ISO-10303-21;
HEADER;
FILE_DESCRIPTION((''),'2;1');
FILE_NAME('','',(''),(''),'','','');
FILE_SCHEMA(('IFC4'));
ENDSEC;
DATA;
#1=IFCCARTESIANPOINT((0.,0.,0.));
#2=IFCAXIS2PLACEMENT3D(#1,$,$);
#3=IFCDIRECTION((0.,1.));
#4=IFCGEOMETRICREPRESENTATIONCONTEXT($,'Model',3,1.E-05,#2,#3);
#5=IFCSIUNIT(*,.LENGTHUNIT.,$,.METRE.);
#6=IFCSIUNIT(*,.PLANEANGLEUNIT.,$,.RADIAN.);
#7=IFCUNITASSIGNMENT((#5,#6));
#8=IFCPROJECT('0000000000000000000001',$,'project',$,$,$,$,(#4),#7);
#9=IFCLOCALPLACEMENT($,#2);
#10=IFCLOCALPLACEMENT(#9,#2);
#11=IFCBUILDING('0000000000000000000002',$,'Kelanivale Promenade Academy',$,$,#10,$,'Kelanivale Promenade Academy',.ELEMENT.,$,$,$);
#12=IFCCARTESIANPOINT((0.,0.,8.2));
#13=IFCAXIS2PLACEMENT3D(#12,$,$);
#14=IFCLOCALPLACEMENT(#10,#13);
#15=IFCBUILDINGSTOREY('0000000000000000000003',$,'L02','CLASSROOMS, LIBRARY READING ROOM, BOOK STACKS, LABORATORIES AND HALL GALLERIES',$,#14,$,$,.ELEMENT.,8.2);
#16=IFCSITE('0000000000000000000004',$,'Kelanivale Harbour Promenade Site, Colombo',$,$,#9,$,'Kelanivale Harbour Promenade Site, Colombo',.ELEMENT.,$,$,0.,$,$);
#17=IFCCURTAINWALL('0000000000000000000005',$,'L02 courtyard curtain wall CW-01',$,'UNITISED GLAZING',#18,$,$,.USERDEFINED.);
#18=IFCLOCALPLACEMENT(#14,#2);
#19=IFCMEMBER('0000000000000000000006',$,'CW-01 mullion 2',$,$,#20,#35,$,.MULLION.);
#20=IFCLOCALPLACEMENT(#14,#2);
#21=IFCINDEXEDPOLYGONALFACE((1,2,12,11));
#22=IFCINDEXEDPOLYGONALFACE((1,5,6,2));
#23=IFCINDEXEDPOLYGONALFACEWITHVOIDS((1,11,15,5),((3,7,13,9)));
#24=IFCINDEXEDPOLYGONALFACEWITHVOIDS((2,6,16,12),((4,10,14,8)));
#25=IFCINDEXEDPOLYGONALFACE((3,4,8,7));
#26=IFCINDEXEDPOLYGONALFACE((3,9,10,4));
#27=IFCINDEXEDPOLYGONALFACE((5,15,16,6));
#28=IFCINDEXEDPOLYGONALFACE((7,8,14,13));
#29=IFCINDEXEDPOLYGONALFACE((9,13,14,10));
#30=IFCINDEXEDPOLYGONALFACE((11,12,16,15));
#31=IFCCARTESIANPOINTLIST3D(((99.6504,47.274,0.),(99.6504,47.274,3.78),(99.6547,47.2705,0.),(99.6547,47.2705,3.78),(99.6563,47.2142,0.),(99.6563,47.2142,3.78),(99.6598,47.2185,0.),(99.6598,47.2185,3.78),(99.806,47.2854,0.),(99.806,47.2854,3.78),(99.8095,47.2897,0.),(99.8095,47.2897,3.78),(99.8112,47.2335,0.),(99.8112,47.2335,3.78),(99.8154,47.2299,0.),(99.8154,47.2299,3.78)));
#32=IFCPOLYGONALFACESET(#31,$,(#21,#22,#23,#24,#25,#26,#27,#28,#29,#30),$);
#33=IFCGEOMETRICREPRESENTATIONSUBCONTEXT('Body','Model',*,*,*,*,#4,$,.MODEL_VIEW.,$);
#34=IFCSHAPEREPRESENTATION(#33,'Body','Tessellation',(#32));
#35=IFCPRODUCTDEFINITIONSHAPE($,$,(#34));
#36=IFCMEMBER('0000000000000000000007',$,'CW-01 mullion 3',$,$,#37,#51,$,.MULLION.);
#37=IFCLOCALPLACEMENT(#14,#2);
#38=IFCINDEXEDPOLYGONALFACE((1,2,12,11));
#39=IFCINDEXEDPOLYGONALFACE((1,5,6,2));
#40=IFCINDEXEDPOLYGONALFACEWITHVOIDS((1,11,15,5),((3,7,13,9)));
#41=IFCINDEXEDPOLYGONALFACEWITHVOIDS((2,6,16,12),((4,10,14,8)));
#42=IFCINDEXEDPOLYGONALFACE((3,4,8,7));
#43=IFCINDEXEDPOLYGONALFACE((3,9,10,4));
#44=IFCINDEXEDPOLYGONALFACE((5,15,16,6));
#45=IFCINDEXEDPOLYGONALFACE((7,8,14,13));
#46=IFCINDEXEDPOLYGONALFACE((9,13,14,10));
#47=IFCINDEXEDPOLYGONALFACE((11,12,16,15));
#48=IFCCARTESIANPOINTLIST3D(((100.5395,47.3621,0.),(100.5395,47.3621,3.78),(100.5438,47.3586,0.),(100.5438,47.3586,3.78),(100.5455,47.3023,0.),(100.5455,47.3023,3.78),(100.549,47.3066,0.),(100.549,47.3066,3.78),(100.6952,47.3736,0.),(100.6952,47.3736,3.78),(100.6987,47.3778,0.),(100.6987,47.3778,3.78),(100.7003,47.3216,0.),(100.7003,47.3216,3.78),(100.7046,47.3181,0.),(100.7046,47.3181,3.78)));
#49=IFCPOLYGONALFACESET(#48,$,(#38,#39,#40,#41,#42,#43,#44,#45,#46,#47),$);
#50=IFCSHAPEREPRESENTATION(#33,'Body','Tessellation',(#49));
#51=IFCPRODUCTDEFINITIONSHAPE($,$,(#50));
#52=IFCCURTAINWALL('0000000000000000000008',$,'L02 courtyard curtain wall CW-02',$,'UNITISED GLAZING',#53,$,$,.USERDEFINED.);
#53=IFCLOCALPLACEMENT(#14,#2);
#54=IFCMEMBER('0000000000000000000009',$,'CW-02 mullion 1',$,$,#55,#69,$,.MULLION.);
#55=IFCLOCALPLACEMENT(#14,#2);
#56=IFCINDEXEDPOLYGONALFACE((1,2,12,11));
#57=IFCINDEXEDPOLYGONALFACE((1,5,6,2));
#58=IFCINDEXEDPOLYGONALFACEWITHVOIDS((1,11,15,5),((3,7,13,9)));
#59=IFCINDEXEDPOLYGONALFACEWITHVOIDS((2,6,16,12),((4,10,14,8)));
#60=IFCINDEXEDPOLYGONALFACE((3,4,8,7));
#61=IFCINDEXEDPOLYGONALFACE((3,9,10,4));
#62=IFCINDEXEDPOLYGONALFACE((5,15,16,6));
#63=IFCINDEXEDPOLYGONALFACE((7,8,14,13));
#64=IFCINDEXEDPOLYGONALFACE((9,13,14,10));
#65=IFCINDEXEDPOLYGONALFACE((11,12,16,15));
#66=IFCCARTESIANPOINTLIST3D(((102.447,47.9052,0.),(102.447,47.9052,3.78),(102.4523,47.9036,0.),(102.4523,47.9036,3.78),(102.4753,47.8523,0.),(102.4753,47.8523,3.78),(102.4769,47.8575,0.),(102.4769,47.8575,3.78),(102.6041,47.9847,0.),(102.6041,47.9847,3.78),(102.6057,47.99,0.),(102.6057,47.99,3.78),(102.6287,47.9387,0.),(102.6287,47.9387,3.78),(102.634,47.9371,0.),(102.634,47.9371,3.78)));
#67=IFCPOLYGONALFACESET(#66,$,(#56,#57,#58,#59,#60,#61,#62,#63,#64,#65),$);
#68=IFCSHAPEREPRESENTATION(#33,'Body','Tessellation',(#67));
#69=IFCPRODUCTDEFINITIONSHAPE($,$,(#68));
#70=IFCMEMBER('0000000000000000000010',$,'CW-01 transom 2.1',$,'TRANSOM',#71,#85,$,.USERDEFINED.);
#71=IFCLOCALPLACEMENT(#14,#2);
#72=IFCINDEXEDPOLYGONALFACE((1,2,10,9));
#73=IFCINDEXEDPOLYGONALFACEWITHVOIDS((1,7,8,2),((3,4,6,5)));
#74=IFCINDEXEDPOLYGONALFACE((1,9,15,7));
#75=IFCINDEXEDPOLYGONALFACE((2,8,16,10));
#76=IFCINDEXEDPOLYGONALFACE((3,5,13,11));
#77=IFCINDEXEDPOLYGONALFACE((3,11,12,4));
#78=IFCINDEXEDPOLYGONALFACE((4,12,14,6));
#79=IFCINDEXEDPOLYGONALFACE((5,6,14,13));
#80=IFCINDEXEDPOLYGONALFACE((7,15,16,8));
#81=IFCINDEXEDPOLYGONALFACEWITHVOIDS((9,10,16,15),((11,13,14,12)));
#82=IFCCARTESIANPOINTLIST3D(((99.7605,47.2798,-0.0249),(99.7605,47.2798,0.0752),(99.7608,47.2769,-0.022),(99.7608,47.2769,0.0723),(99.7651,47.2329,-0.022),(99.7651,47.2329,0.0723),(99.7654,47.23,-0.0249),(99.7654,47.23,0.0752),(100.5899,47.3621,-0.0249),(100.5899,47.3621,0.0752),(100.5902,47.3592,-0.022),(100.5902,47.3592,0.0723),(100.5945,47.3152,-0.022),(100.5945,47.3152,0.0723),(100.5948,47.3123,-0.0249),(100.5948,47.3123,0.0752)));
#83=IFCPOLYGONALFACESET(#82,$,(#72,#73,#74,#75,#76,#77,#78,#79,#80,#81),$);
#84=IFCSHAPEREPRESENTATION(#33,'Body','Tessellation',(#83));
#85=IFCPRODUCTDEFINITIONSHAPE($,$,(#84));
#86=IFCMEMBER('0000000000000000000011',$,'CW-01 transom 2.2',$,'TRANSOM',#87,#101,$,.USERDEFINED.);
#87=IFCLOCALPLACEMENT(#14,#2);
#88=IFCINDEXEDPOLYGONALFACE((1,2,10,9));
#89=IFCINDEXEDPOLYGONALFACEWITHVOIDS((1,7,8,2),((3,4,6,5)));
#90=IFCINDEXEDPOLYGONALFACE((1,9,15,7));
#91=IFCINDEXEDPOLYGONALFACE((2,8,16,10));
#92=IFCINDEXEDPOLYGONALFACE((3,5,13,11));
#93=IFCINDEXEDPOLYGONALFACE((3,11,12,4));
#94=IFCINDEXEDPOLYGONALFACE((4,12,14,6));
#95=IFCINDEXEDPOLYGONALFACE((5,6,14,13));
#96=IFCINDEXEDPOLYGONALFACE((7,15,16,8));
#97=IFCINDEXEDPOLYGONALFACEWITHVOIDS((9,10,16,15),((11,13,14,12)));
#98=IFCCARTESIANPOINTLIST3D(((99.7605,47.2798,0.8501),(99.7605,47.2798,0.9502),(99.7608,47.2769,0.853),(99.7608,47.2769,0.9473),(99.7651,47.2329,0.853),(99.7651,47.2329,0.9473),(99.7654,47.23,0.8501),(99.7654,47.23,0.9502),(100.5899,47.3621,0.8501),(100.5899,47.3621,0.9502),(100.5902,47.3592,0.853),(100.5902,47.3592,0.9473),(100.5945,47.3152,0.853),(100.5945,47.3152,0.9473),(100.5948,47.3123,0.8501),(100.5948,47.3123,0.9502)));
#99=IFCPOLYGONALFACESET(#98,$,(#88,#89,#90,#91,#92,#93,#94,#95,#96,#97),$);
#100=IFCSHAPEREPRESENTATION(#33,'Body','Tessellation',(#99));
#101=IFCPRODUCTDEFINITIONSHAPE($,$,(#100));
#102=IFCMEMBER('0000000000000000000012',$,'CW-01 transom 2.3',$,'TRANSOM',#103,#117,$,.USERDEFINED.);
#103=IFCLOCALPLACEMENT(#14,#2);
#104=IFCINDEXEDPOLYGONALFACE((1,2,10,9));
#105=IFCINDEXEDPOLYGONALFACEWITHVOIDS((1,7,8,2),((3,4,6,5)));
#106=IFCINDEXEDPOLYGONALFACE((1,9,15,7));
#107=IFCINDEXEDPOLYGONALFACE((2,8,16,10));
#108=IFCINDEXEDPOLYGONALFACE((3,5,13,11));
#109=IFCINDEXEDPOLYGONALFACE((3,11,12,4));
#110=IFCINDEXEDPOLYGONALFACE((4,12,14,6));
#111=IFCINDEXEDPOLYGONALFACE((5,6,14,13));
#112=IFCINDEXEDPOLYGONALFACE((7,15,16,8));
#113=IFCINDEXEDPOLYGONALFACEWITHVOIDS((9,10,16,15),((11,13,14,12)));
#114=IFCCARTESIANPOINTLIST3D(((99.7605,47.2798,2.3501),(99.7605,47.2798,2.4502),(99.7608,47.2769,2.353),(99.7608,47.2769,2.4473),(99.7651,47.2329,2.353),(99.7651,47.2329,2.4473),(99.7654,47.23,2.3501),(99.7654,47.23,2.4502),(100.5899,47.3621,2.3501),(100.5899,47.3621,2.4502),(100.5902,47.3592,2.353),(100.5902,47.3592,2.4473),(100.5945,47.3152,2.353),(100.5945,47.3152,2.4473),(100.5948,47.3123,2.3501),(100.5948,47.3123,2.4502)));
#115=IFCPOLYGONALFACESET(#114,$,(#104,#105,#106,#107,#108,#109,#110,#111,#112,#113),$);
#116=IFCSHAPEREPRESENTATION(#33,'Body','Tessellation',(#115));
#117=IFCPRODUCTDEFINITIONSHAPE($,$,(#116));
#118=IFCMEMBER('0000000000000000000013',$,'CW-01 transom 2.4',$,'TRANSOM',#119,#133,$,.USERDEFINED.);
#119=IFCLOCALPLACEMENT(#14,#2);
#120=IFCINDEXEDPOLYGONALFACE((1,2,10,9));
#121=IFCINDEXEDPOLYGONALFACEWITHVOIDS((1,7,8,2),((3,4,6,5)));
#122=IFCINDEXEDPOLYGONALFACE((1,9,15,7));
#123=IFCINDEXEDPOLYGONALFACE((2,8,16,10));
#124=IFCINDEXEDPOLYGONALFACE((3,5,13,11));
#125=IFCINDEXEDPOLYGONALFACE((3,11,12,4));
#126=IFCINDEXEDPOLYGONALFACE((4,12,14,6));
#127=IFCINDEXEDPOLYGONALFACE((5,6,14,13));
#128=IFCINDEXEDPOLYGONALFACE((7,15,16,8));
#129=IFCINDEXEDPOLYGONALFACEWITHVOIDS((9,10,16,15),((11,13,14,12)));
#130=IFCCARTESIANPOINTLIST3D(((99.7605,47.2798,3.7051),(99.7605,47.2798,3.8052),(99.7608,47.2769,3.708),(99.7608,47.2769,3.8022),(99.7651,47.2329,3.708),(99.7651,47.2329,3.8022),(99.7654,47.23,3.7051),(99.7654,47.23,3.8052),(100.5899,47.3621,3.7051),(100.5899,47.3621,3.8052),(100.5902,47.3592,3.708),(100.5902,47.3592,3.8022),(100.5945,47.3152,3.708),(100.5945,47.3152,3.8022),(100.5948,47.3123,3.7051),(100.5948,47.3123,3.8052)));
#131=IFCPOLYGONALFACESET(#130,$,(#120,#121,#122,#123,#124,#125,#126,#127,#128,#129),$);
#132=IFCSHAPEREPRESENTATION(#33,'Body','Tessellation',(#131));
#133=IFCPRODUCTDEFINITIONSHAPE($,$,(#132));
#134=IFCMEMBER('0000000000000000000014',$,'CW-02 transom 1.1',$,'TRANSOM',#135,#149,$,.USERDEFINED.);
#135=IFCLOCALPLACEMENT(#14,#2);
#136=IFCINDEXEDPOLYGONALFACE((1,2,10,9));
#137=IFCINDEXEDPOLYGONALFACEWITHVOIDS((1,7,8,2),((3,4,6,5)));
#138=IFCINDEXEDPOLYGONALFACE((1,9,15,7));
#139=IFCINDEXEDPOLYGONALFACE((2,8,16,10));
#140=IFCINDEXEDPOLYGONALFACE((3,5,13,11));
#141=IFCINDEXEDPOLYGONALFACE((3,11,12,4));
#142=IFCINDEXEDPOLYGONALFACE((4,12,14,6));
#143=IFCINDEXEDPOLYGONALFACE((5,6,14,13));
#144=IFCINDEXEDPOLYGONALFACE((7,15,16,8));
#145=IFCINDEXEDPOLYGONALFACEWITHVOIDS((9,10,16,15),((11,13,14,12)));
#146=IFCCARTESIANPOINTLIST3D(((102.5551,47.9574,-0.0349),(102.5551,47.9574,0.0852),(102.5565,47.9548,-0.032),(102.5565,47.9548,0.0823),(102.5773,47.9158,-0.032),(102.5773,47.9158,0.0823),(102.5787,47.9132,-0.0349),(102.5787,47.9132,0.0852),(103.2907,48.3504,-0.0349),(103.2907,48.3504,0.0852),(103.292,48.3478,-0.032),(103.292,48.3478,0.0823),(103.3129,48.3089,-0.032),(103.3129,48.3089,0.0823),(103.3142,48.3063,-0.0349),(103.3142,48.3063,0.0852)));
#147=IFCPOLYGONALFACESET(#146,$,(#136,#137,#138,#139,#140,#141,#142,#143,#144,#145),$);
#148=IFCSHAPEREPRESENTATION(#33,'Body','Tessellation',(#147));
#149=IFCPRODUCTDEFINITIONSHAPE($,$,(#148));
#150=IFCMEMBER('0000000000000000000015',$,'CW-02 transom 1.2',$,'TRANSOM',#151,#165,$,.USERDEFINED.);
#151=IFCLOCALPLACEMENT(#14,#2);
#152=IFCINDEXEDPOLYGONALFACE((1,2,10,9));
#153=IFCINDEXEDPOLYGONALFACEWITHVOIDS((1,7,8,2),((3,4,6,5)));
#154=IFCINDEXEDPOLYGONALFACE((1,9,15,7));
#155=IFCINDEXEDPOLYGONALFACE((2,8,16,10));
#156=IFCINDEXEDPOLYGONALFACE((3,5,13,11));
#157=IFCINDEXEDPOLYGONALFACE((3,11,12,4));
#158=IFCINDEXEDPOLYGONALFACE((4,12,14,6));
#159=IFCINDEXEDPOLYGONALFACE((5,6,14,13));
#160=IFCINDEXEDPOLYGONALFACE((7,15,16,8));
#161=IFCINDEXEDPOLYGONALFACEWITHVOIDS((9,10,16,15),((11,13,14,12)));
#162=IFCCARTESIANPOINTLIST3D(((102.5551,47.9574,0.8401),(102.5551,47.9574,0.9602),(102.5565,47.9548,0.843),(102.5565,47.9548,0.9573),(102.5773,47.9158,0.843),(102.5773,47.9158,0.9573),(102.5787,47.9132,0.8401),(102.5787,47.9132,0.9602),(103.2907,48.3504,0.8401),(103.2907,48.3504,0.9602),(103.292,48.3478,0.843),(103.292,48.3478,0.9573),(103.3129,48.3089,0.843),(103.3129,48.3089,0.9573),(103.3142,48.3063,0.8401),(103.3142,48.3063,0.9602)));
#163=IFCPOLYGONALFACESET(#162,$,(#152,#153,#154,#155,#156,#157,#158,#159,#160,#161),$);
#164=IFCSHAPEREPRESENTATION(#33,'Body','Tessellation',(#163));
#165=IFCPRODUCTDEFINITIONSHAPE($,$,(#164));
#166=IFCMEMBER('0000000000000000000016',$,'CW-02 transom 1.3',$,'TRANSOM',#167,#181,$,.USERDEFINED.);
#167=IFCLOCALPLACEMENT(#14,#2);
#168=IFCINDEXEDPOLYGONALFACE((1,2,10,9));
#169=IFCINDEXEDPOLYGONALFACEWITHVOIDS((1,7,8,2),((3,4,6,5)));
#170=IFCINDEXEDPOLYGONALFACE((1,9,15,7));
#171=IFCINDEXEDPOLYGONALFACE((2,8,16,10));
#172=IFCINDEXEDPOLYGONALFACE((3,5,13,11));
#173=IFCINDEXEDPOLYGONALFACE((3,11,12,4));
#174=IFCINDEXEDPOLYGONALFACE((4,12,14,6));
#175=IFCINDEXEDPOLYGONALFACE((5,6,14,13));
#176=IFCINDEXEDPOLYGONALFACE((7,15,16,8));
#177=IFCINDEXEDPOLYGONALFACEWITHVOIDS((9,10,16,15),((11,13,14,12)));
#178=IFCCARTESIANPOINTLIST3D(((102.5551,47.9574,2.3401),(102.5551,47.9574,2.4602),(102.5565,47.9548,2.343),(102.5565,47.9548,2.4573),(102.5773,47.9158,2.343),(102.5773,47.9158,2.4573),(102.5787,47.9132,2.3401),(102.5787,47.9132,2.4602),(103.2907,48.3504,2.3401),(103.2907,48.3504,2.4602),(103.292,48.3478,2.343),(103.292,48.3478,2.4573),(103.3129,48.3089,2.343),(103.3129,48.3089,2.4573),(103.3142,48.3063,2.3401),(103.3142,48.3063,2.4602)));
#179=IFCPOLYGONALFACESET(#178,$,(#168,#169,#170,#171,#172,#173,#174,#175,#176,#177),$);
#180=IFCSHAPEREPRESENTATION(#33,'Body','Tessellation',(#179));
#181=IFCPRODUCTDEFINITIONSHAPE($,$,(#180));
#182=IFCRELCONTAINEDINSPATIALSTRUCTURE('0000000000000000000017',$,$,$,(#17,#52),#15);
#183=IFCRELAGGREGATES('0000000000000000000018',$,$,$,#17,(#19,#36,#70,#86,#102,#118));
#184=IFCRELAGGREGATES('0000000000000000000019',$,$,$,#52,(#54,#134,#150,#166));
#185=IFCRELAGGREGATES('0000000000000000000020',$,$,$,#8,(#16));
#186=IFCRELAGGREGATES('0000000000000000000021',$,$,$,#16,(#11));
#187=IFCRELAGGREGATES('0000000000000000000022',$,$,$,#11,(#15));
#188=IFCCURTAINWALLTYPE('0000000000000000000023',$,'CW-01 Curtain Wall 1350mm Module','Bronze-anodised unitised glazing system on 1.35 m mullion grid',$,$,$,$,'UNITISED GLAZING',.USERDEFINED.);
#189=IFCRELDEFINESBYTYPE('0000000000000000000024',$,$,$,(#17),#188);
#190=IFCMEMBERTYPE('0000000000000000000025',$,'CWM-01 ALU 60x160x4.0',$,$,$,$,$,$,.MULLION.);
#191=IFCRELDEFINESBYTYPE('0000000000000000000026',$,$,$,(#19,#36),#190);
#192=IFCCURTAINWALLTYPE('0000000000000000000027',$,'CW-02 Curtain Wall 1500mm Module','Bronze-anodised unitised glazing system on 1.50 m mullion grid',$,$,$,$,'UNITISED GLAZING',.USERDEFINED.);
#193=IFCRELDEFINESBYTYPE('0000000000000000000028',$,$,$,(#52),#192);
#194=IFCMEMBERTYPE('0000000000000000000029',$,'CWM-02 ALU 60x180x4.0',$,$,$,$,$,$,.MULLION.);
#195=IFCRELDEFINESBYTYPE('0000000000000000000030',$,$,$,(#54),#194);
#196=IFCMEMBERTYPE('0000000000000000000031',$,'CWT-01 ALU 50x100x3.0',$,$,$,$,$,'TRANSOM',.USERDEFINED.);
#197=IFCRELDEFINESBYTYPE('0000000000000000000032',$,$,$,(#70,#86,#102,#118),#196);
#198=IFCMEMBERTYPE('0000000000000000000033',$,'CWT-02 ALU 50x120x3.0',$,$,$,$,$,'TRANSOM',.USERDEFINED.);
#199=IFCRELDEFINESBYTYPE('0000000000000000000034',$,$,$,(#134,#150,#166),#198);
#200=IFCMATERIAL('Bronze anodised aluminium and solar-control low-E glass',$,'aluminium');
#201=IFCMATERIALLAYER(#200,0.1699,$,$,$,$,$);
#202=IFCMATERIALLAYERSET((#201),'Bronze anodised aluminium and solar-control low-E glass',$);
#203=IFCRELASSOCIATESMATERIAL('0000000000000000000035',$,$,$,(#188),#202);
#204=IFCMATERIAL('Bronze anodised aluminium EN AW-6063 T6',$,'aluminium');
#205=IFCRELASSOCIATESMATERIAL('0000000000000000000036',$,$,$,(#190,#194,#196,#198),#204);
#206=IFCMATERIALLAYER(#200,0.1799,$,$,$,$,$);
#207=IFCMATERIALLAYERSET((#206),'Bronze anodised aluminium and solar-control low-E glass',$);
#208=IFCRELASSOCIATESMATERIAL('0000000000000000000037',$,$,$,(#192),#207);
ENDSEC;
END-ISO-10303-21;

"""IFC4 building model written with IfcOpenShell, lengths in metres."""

from ifc_helpers import new_model, si_unit, direction, frame, origin, origin_2d, place, context, subcontext, project, spatial, hollow_rectangle, extrude, material, layer, layer_set, material_profile, profile_set, type_object, element, aggregate, save


model = new_model("IFC4")

# Units and contexts
model_context = context("Model", 3, precision=1e-05, world=origin(), true_north=direction((0.0, 1.0)))
body_context = subcontext(model_context, "Body", "Model", "MODEL_VIEW")
ifc_project = project(units=[si_unit("LENGTHUNIT", "METRE"), si_unit("PLANEANGLEUNIT", "RADIAN")], contexts=[model_context])

# Site, building, storey
site_placement = place(None, origin())
site = spatial("IfcSite", under=ifc_project, at=site_placement, Name="Kelanivale Harbour Promenade Site, Colombo", LongName="Kelanivale Harbour Promenade Site, Colombo", CompositionType="ELEMENT", RefElevation=0.0)
building_placement = place(site_placement, origin())
building = spatial("IfcBuilding", under=site, at=building_placement, Name="Kelanivale Promenade Academy", LongName="Kelanivale Promenade Academy", CompositionType="ELEMENT")
storey_placement = place(building_placement, frame((0.0, 0.0, 8.2)))
storey = spatial("IfcBuildingStorey", under=building, at=storey_placement, Name="L02", Description="CLASSROOMS, LIBRARY READING ROOM, BOOK STACKS, LABORATORIES AND HALL GALLERIES", CompositionType="ELEMENT", Elevation=8.2)

# Curtain wall, members
ifc_material_1 = material(Name="Bronze anodised aluminium and solar-control low-E glass", Category="aluminium")
ifc_layer_1 = layer(ifc_material_1, 0.1699)
ifc_layer_set_1 = layer_set([ifc_layer_1], Name="Bronze anodised aluminium and solar-control low-E glass")
curtain_wall_type_1 = type_object("IfcCurtainWallType", Name="CW-01 Curtain Wall 1350mm Module", Description="Bronze-anodised unitised glazing system on 1.35 m mullion grid", ElementType="UNITISED GLAZING", PredefinedType="USERDEFINED", material=ifc_layer_set_1)
curtain_wall_1_placement = place(storey_placement, origin())
curtain_wall_1 = element("IfcCurtainWall", 1, at=curtain_wall_1_placement, inside=storey, type_object=curtain_wall_type_1, Name="L02 courtyard curtain wall CW-01", ObjectType="UNITISED GLAZING", PredefinedType="USERDEFINED")
ifc_material_2 = material(Name="Bronze anodised aluminium EN AW-6063 T6", Category="aluminium")
ifc_material_profile_1 = material_profile(ifc_material_2, hollow_rectangle(XDim=0.0601, YDim=0.1599, WallThickness=0.0039, at=origin_2d()), Name="ALU 60x160x4.0")
ifc_profile_set_1 = profile_set([ifc_material_profile_1], Name="Bronze anodised aluminium EN AW-6063 T6")
member_type_1 = type_object("IfcMemberType", Name="CWM-01 ALU 60x160x4.0", PredefinedType="MULLION", material=ifc_profile_set_1)
member_1_placement = place(storey_placement, frame((99.7329, 47.252, 0.0), z_axis=(0.0, 0.0, 1.0), x_axis=(-0.098539, 0.995133, 0.0)))
member_1 = element("IfcMember", 2, at=member_1_placement, type_object=member_type_1, Name="CW-01 mullion 2", PredefinedType="MULLION", context=body_context, shape_type="SweptSolid", body=[
    extrude(hollow_rectangle(XDim=0.0601, YDim=0.1599, WallThickness=0.0039, at=origin_2d()), origin(), (0.0, 0.0, 1.0), 3.78),
])
member_2_placement = place(storey_placement, frame((100.6221, 47.3401, 0.0), z_axis=(0.0, 0.0, 1.0), x_axis=(-0.098539, 0.995133, 0.0)))
member_2 = element("IfcMember", 3, at=member_2_placement, type_object=member_type_1, Name="CW-01 mullion 3", PredefinedType="MULLION", context=body_context, shape_type="SweptSolid", body=[
    extrude(hollow_rectangle(XDim=0.0601, YDim=0.1599, WallThickness=0.0039, at=origin_2d()), origin(), (0.0, 0.0, 1.0), 3.78),
])

# Curtain wall, member
ifc_layer_2 = layer(ifc_material_1, 0.1799)
ifc_layer_set_2 = layer_set([ifc_layer_2], Name="Bronze anodised aluminium and solar-control low-E glass")
curtain_wall_type_2 = type_object("IfcCurtainWallType", Name="CW-02 Curtain Wall 1500mm Module", Description="Bronze-anodised unitised glazing system on 1.50 m mullion grid", ElementType="UNITISED GLAZING", PredefinedType="USERDEFINED", material=ifc_layer_set_2)
curtain_wall_2_placement = place(storey_placement, origin())
curtain_wall_2 = element("IfcCurtainWall", 4, at=curtain_wall_2_placement, inside=storey, type_object=curtain_wall_type_2, Name="L02 courtyard curtain wall CW-02", ObjectType="UNITISED GLAZING", PredefinedType="USERDEFINED")
ifc_material_profile_2 = material_profile(ifc_material_2, hollow_rectangle(XDim=0.0601, YDim=0.1799, WallThickness=0.0039, at=origin_2d()), Name="ALU 60x180x4.0")
ifc_profile_set_2 = profile_set([ifc_material_profile_2], Name="Bronze anodised aluminium EN AW-6063 T6")
member_type_2 = type_object("IfcMemberType", Name="CWM-02 ALU 60x180x4.0", PredefinedType="MULLION", material=ifc_profile_set_2)
member_3_placement = place(storey_placement, frame((102.5405, 47.9211, 0.0), z_axis=(0.0, 0.0, 1.0), x_axis=(-0.47129, 0.881978, 0.0)))
member_3 = element("IfcMember", 5, at=member_3_placement, type_object=member_type_2, Name="CW-02 mullion 1", PredefinedType="MULLION", context=body_context, shape_type="SweptSolid", body=[
    extrude(hollow_rectangle(XDim=0.0601, YDim=0.1799, WallThickness=0.0039, at=origin_2d()), origin(), (0.0, 0.0, 1.0), 3.78),
])

# Members
ifc_material_profile_3 = material_profile(ifc_material_2, hollow_rectangle(XDim=0.05, YDim=0.1001, WallThickness=0.0029, at=origin_2d()), Name="ALU 50x100x3.0")
ifc_profile_set_3 = profile_set([ifc_material_profile_3], Name="Bronze anodised aluminium EN AW-6063 T6")
member_type_3 = type_object("IfcMemberType", Name="CWT-01 ALU 50x100x3.0", ElementType="TRANSOM", PredefinedType="USERDEFINED", material=ifc_profile_set_3)
member_4_placement = place(storey_placement, frame((99.7629, 47.2549, 0.0251), z_axis=(0.995115, 0.098721, 0.0), x_axis=(-0.098721, 0.995115, 0.0)))
member_4 = element("IfcMember", 6, at=member_4_placement, type_object=member_type_3, Name="CW-01 transom 2.1", ObjectType="TRANSOM", PredefinedType="USERDEFINED", context=body_context, shape_type="SweptSolid", body=[
    extrude(hollow_rectangle(XDim=0.05, YDim=0.1001, WallThickness=0.0029, at=origin_2d()), origin(), (0.0, 0.0, 1.0), 0.8335),
])
member_5_placement = place(storey_placement, frame((99.7629, 47.2549, 0.9001), z_axis=(0.995115, 0.098721, 0.0), x_axis=(-0.098721, 0.995115, 0.0)))
member_5 = element("IfcMember", 7, at=member_5_placement, type_object=member_type_3, Name="CW-01 transom 2.2", ObjectType="TRANSOM", PredefinedType="USERDEFINED", context=body_context, shape_type="SweptSolid", body=[
    extrude(hollow_rectangle(XDim=0.05, YDim=0.1001, WallThickness=0.0029, at=origin_2d()), origin(), (0.0, 0.0, 1.0), 0.8335),
])
member_6_placement = place(storey_placement, frame((99.7629, 47.2549, 2.4001), z_axis=(0.995115, 0.098721, 0.0), x_axis=(-0.098721, 0.995115, 0.0)))
member_6 = element("IfcMember", 8, at=member_6_placement, type_object=member_type_3, Name="CW-01 transom 2.3", ObjectType="TRANSOM", PredefinedType="USERDEFINED", context=body_context, shape_type="SweptSolid", body=[
    extrude(hollow_rectangle(XDim=0.05, YDim=0.1001, WallThickness=0.0029, at=origin_2d()), origin(), (0.0, 0.0, 1.0), 0.8335),
])
member_7_placement = place(storey_placement, frame((99.7629, 47.2549, 3.7551), z_axis=(0.995115, 0.098721, 0.0), x_axis=(-0.098721, 0.995115, 0.0)))
member_7 = element("IfcMember", 9, at=member_7_placement, type_object=member_type_3, Name="CW-01 transom 2.4", ObjectType="TRANSOM", PredefinedType="USERDEFINED", context=body_context, shape_type="SweptSolid", body=[
    extrude(hollow_rectangle(XDim=0.05, YDim=0.1001, WallThickness=0.0029, at=origin_2d()), origin(), (0.0, 0.0, 1.0), 0.8335),
])
ifc_material_profile_4 = material_profile(ifc_material_2, hollow_rectangle(XDim=0.05, YDim=0.1201, WallThickness=0.0029, at=origin_2d()), Name="ALU 50x120x3.0")
ifc_profile_set_4 = profile_set([ifc_material_profile_4], Name="Bronze anodised aluminium EN AW-6063 T6")
member_type_4 = type_object("IfcMemberType", Name="CWT-02 ALU 50x120x3.0", ElementType="TRANSOM", PredefinedType="USERDEFINED", material=ifc_profile_set_4)
member_8_placement = place(storey_placement, frame((102.5669, 47.9353, 0.0251), z_axis=(0.88198, 0.471287, 0.0), x_axis=(-0.471287, 0.88198, 0.0)))
member_8 = element("IfcMember", 10, at=member_8_placement, type_object=member_type_4, Name="CW-02 transom 1.1", ObjectType="TRANSOM", PredefinedType="USERDEFINED", context=body_context, shape_type="SweptSolid", body=[
    extrude(hollow_rectangle(XDim=0.05, YDim=0.1201, WallThickness=0.0029, at=origin_2d()), origin(), (0.0, 0.0, 1.0), 0.834),
])
member_9_placement = place(storey_placement, frame((102.5669, 47.9353, 0.9001), z_axis=(0.88198, 0.471287, 0.0), x_axis=(-0.471287, 0.88198, 0.0)))
member_9 = element("IfcMember", 11, at=member_9_placement, type_object=member_type_4, Name="CW-02 transom 1.2", ObjectType="TRANSOM", PredefinedType="USERDEFINED", context=body_context, shape_type="SweptSolid", body=[
    extrude(hollow_rectangle(XDim=0.05, YDim=0.1201, WallThickness=0.0029, at=origin_2d()), origin(), (0.0, 0.0, 1.0), 0.834),
])
member_10_placement = place(storey_placement, frame((102.5669, 47.9353, 2.4001), z_axis=(0.88198, 0.471287, 0.0), x_axis=(-0.471287, 0.88198, 0.0)))
member_10 = element("IfcMember", 12, at=member_10_placement, type_object=member_type_4, Name="CW-02 transom 1.3", ObjectType="TRANSOM", PredefinedType="USERDEFINED", context=body_context, shape_type="SweptSolid", body=[
    extrude(hollow_rectangle(XDim=0.05, YDim=0.1201, WallThickness=0.0029, at=origin_2d()), origin(), (0.0, 0.0, 1.0), 0.834),
])

aggregate(curtain_wall_1, [member_1, member_2, member_4, member_5, member_6, member_7])
aggregate(curtain_wall_2, [member_3, member_8, member_9, member_10])

save(model, "model.ifc")
